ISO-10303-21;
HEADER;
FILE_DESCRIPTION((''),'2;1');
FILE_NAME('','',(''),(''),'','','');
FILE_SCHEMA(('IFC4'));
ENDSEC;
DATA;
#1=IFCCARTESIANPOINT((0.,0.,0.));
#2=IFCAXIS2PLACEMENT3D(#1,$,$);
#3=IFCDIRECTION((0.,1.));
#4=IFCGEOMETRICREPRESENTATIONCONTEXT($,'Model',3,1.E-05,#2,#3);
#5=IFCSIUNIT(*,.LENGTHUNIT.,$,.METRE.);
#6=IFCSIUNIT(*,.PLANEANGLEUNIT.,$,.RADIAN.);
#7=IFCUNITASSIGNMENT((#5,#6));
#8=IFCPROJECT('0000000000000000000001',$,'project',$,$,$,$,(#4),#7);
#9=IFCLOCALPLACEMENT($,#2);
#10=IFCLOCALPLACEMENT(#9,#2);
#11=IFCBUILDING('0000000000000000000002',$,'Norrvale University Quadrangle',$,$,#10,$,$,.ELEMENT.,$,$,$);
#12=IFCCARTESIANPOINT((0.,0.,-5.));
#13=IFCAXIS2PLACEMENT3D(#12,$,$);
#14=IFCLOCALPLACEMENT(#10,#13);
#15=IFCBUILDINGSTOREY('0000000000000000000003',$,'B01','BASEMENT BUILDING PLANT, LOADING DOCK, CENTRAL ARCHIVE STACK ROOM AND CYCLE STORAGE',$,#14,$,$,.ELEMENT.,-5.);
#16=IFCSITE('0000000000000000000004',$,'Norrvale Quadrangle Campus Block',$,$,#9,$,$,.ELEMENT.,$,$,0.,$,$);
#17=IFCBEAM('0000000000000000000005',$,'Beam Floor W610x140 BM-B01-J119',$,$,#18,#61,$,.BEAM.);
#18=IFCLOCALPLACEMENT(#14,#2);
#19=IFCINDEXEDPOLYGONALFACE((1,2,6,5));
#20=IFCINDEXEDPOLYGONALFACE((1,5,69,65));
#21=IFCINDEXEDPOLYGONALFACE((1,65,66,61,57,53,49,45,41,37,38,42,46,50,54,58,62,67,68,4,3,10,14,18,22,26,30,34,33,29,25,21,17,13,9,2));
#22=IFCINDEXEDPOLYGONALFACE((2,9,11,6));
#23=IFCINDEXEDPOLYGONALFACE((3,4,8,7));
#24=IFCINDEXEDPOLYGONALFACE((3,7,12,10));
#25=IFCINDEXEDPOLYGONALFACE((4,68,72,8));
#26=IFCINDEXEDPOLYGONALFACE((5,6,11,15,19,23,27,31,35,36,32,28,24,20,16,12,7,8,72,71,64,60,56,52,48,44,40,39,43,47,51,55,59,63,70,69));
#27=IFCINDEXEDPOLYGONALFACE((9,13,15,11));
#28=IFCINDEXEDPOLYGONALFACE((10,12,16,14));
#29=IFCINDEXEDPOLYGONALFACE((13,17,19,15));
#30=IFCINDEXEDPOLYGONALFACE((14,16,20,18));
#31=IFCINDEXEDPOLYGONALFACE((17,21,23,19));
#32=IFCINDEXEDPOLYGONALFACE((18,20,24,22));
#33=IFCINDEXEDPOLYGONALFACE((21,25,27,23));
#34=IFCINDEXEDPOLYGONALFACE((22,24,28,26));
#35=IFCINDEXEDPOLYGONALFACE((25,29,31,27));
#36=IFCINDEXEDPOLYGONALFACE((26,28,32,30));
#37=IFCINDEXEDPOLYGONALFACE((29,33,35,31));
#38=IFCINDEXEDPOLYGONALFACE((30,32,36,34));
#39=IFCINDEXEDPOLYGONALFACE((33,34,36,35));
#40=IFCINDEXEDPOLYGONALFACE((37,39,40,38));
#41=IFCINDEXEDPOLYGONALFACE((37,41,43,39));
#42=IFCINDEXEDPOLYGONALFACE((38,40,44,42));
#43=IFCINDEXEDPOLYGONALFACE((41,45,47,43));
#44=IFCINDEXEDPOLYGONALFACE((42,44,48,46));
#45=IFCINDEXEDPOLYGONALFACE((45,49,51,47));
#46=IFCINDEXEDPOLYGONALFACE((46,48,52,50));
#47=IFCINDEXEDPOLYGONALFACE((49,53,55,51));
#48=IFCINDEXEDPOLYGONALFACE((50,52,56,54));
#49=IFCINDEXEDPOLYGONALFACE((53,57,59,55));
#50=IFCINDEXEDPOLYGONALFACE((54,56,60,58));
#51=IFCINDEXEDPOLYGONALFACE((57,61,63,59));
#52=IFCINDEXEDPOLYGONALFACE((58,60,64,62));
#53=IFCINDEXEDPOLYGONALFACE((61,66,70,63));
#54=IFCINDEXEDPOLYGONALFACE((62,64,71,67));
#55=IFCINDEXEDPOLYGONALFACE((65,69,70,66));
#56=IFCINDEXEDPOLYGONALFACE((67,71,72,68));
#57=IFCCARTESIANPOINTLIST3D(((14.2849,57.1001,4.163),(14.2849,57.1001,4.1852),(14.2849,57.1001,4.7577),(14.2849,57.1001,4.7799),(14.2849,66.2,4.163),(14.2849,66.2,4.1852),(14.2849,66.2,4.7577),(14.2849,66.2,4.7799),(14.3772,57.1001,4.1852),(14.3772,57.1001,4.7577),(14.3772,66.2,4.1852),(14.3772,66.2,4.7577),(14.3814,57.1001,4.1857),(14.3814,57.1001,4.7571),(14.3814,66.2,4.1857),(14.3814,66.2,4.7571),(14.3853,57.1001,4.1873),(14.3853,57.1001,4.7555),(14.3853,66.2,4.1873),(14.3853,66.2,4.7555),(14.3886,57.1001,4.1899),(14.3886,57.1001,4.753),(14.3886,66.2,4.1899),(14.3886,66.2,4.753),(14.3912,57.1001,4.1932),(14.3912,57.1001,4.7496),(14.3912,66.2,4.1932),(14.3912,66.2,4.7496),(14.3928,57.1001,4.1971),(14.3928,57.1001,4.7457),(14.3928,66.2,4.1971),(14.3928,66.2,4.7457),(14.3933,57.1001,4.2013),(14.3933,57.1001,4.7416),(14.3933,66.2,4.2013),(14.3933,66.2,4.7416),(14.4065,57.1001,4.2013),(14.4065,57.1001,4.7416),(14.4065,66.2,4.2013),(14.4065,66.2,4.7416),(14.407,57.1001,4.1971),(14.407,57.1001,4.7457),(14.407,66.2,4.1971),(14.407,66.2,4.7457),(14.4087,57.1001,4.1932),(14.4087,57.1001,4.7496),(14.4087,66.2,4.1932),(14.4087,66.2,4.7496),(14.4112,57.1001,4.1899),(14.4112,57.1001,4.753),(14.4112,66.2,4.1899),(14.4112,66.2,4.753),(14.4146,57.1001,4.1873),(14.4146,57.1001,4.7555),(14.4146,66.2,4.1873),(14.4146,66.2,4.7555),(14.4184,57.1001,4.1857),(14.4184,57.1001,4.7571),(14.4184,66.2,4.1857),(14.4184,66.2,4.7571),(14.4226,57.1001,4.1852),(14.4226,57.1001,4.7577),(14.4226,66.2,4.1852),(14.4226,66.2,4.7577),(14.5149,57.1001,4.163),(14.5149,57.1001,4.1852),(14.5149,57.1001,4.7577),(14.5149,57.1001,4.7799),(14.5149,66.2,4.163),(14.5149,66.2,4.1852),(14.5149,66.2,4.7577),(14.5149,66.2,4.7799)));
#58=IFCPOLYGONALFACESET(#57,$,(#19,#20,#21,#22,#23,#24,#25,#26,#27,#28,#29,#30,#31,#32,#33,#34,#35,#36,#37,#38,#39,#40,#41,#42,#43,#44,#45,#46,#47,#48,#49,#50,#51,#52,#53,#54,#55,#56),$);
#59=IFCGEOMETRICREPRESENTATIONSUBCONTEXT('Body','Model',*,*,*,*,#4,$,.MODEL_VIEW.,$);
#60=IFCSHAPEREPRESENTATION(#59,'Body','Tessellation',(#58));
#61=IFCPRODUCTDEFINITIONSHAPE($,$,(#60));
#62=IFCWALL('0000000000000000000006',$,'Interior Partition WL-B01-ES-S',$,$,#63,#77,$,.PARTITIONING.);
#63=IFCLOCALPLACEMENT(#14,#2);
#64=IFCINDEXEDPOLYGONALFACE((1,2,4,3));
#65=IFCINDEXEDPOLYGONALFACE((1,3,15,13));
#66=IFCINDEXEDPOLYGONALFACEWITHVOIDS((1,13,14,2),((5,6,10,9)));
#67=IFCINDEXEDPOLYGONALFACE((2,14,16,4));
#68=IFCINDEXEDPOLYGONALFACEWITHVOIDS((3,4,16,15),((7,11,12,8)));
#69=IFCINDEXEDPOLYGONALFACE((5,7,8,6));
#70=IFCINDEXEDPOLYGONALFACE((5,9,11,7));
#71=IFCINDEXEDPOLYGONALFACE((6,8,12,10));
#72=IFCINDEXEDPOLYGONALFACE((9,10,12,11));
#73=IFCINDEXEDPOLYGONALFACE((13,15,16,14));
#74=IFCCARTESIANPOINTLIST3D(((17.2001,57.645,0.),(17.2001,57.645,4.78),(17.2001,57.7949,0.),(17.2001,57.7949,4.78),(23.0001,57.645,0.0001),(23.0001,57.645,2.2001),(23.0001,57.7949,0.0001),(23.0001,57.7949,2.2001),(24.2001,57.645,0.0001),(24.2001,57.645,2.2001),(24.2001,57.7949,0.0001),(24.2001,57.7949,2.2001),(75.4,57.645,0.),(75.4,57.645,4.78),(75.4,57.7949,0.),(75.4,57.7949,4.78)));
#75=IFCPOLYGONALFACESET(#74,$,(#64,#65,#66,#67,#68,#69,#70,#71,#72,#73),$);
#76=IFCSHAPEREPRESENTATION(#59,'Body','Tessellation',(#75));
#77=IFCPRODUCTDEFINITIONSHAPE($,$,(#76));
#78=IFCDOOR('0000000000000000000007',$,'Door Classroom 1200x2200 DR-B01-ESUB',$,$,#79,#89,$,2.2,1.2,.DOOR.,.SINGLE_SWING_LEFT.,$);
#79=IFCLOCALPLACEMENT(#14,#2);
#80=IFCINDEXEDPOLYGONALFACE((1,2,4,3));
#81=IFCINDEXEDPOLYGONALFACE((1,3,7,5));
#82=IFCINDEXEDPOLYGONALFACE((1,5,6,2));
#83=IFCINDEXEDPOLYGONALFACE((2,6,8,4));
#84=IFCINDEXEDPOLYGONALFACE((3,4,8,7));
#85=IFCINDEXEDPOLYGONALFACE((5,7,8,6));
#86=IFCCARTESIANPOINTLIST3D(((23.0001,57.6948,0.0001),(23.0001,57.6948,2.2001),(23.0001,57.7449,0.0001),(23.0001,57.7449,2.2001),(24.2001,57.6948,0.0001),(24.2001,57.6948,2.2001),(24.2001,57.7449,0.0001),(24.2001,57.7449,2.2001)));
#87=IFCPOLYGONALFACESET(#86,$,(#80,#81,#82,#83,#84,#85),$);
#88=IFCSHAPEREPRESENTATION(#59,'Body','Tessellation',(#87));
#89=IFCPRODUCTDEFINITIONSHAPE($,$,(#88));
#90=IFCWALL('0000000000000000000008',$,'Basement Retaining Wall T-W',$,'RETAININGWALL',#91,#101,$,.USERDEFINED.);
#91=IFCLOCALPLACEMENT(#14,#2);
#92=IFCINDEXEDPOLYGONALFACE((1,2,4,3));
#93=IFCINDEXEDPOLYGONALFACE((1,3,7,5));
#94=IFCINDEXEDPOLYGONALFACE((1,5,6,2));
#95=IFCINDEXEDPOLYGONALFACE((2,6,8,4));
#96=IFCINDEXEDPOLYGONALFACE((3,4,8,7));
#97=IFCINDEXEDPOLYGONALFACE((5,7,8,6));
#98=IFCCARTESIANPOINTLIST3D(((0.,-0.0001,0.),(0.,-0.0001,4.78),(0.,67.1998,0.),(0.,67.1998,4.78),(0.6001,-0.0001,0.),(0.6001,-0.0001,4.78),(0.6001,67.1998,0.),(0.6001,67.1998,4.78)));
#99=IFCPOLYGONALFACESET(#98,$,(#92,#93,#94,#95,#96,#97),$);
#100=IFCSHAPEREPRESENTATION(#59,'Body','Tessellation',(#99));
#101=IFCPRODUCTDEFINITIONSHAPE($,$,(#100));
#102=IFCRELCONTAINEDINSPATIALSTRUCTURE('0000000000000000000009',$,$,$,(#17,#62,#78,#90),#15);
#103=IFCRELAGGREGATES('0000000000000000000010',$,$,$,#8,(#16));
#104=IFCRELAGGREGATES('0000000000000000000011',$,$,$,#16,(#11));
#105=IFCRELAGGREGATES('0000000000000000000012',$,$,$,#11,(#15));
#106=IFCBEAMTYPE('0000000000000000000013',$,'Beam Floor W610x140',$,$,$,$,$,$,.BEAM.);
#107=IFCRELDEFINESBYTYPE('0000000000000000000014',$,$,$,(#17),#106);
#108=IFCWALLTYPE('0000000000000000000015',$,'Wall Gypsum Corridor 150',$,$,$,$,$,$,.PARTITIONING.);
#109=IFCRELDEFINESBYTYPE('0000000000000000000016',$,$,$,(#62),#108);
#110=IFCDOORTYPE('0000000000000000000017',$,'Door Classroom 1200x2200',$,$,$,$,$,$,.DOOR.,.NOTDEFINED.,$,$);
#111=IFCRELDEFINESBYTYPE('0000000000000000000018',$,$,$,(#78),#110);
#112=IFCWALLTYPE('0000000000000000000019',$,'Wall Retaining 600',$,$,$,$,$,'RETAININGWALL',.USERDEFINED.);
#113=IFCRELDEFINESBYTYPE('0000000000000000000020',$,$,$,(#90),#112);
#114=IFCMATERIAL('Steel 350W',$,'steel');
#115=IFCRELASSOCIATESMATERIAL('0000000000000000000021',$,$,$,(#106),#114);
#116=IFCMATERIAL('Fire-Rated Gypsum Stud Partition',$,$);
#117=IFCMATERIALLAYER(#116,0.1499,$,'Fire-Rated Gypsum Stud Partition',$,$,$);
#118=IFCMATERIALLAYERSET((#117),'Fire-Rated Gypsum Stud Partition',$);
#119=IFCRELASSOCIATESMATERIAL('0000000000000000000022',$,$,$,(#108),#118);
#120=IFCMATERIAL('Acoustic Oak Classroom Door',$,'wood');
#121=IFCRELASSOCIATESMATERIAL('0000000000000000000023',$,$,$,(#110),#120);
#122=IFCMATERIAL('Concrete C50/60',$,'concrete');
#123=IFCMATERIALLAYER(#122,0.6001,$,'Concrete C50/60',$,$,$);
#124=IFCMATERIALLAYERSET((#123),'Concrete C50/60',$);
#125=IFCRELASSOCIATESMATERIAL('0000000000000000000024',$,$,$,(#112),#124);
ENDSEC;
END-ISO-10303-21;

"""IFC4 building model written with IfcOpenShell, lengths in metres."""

from ifc_helpers import new_model, si_unit, direction, frame, frame_2d, origin, origin_2d, place, context, subcontext, project, spatial, rectangle, i_section, extrude, material, layer, layer_set, material_profile, profile_set, type_object, element, fill, save


model = new_model("IFC4")

# Units and contexts
model_context = context("Model", 3, precision=1e-05, world=origin(), true_north=direction((0.0, 1.0)))
body_context = subcontext(model_context, "Body", "Model", "MODEL_VIEW")
ifc_project = project(units=[si_unit("LENGTHUNIT", "METRE"), si_unit("PLANEANGLEUNIT", "RADIAN")], contexts=[model_context])

# Site, building, storey
site_placement = place(None, origin())
site = spatial("IfcSite", under=ifc_project, at=site_placement, Name="Norrvale Quadrangle Campus Block", CompositionType="ELEMENT", RefElevation=0.0)
building_placement = place(site_placement, origin())
building = spatial("IfcBuilding", under=site, at=building_placement, Name="Norrvale University Quadrangle", CompositionType="ELEMENT")
storey_placement = place(building_placement, frame((0.0, 0.0, -5.0)))
storey = spatial("IfcBuildingStorey", under=building, at=storey_placement, Name="B01", Description="BASEMENT BUILDING PLANT, LOADING DOCK, CENTRAL ARCHIVE STACK ROOM AND CYCLE STORAGE", CompositionType="ELEMENT", Elevation=-5.0)

# Shared definitions
ifc_material_1 = material(Name="Concrete C50/60", Category="concrete")

# Beam
ifc_material_2 = material(Name="Steel 350W", Category="steel")
ifc_material_profile_1 = material_profile(ifc_material_2, i_section(OverallWidth=0.23, OverallDepth=0.6169, WebThickness=0.0132, FlangeThickness=0.0222, FilletRadius=0.0161, at=origin_2d()), Name="Steel 350W")
ifc_profile_set_1 = profile_set([ifc_material_profile_1], Name="Steel 350W")
beam_type_1 = type_object("IfcBeamType", Name="Beam Floor W610x140", PredefinedType="BEAM", material=ifc_profile_set_1)
for number, where, z_axis, x_axis, name in (
    (1, (14.3999, 57.1001, 4.4714), (0.0, 1.0, 0.0), (-1.0, 0.0, 0.0), "Beam Floor W610x140 BM-B01-J119"),
):
    element("IfcBeam", number, at=place(storey_placement, frame(where, z_axis=z_axis, x_axis=x_axis)), inside=storey, type_object=beam_type_1, Name=name, PredefinedType="BEAM", context=body_context, shape_type="SweptSolid", body=[
        extrude(i_section(OverallWidth=0.23, OverallDepth=0.6169, WebThickness=0.0132, FlangeThickness=0.0222, FilletRadius=0.0161, at=origin_2d()), origin(), (0.0, 0.0, 1.0), 9.0999),
    ])

# Wall, opening, door
ifc_material_3 = material(Name="Fire-Rated Gypsum Stud Partition")
ifc_layer_1 = layer(ifc_material_3, 0.1499, Name="Fire-Rated Gypsum Stud Partition")
ifc_layer_set_1 = layer_set([ifc_layer_1], Name="Fire-Rated Gypsum Stud Partition")
wall_type_1 = type_object("IfcWallType", Name="Wall Gypsum Corridor 150", PredefinedType="PARTITIONING", material=ifc_layer_set_1)
wall_1_placement = place(storey_placement, frame((17.2, 57.72, 0.0), z_axis=(0.0, 0.0, 1.0), x_axis=(1.0, 0.0, 0.0)))
wall_1 = element("IfcWall", 2, at=wall_1_placement, inside=storey, type_object=wall_type_1, Name="Interior Partition WL-B01-ES-S", PredefinedType="PARTITIONING", context=body_context, shape_type="SweptSolid", body=[
    extrude(rectangle(XDim=58.2, YDim=0.1499, at=frame_2d((29.1001, 0.0))), origin(), (0.0, 0.0, 1.0), 4.78),
])
opening_placement = place(wall_1_placement, frame((5.8, 0.0, 0.0)))
opening = element("IfcOpeningElement", 3, at=opening_placement, cuts=wall_1, PredefinedType="OPENING", context=body_context, shape_type="SweptSolid", body=[
    extrude(rectangle(XDim=1.2, YDim=2.2, at=frame_2d((0.6001, 1.1001))), frame((0.0, 0.0869, 0.0), z_axis=(0.0, -1.0, 0.0), x_axis=(1.0, 0.0, 0.0)), (0.0, 0.0, 1.0), 0.1738),
])
ifc_material_4 = material(Name="Acoustic Oak Classroom Door", Category="wood")
door_type = type_object("IfcDoorType", Name="Door Classroom 1200x2200", OperationType="NOTDEFINED", PredefinedType="DOOR", material=ifc_material_4)
door_placement = place(opening_placement, origin())
door = element("IfcDoor", 4, at=door_placement, inside=storey, type_object=door_type, Name="Door Classroom 1200x2200 DR-B01-ESUB", OperationType="SINGLE_SWING_LEFT", OverallHeight=2.2, OverallWidth=1.2, PredefinedType="DOOR", context=body_context, shape_type="SweptSolid", body=[
    extrude(rectangle(XDim=1.2, YDim=2.2, at=frame_2d((0.6001, 1.1001))), frame((0.0, 0.0249, 0.0), z_axis=(0.0, -1.0, 0.0), x_axis=(1.0, 0.0, 0.0)), (0.0, 0.0, 1.0), 0.05),
])
fill(opening, door)

# Wall
ifc_layer_2 = layer(ifc_material_1, 0.6001, Name="Concrete C50/60")
ifc_layer_set_2 = layer_set([ifc_layer_2], Name="Concrete C50/60")
wall_type_2 = type_object("IfcWallType", Name="Wall Retaining 600", ElementType="RETAININGWALL", PredefinedType="USERDEFINED", material=ifc_layer_set_2)
wall_2_placement = place(storey_placement, frame((0.3, 67.2, 0.0), z_axis=(0.0, 0.0, 1.0), x_axis=(0.0, -1.0, 0.0)))
element("IfcWall", 5, at=wall_2_placement, inside=storey, type_object=wall_type_2, Name="Basement Retaining Wall T-W", ObjectType="RETAININGWALL", PredefinedType="USERDEFINED", context=body_context, shape_type="SweptSolid", body=[
    extrude(rectangle(XDim=67.2, YDim=0.6001, at=frame_2d((33.6001, 0.0))), origin(), (0.0, 0.0, 1.0), 4.78),
])

save(model, "model.ifc")
